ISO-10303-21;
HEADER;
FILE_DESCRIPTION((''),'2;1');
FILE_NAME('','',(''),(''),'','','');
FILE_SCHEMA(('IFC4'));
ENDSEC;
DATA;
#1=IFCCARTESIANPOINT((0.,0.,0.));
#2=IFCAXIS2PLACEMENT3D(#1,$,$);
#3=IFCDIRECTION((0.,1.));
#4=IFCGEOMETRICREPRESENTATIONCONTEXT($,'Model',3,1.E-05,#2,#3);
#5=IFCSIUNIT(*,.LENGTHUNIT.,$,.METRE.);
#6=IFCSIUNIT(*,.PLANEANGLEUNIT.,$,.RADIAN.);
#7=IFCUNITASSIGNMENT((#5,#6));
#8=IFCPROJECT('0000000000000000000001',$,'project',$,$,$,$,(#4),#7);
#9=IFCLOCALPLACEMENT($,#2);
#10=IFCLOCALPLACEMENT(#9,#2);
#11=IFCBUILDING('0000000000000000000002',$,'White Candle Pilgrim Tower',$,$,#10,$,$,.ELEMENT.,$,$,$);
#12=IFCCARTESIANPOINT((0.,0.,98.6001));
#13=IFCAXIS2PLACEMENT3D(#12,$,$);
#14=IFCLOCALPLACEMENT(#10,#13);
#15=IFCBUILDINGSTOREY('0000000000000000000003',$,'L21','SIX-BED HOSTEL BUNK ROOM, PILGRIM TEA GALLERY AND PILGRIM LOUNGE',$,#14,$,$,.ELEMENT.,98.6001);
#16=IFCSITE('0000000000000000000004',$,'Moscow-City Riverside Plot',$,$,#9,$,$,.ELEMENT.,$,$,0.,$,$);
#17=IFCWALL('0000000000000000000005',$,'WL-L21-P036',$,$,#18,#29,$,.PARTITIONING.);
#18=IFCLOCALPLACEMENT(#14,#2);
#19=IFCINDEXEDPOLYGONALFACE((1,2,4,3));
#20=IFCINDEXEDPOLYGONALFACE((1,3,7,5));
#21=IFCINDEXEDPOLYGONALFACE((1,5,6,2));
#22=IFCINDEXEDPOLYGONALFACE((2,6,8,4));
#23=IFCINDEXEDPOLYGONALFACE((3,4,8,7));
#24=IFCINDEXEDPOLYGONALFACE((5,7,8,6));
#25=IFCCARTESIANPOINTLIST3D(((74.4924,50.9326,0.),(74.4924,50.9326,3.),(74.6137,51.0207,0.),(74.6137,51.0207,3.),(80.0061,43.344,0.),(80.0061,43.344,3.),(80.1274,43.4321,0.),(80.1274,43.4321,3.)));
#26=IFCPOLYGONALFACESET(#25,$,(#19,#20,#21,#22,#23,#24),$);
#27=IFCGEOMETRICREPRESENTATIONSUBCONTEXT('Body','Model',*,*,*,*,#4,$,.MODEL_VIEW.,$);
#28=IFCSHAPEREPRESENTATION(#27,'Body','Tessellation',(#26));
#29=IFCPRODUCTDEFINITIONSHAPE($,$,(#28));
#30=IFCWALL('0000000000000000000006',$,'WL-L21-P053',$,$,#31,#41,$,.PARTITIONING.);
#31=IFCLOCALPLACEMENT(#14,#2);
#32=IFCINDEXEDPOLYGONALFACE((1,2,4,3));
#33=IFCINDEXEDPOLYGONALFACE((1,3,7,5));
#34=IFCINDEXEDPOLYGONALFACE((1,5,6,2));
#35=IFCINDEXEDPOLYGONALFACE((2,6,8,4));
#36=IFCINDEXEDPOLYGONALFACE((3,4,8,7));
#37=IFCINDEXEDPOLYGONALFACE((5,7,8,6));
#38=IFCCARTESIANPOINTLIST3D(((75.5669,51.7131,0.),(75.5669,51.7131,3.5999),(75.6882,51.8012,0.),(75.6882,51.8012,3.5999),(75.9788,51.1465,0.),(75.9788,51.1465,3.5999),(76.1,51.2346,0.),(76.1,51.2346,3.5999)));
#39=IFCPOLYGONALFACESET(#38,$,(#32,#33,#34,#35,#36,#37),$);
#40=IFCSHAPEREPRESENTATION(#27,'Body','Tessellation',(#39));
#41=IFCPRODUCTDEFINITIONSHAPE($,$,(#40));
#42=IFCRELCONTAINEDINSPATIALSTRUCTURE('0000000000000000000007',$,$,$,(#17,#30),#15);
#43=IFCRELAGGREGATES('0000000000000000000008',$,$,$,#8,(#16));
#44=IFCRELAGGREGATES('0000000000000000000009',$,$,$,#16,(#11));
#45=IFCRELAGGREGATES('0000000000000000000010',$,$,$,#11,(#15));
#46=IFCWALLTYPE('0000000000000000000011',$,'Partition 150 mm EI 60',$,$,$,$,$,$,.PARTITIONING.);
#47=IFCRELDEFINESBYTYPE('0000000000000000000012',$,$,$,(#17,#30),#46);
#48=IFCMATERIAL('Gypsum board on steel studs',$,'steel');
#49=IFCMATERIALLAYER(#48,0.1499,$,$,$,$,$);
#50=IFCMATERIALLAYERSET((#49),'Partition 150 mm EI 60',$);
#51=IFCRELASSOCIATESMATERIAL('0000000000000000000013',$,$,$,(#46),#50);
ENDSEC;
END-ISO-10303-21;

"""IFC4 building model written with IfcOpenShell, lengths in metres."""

from ifc_helpers import new_model, si_unit, direction, frame, frame_2d, origin, place, context, subcontext, project, spatial, rectangle, extrude, material, layer, layer_set, type_object, element, save


model = new_model("IFC4")

# Units and contexts
model_context = context("Model", 3, precision=1e-05, world=origin(), true_north=direction((0.0, 1.0)))
body_context = subcontext(model_context, "Body", "Model", "MODEL_VIEW")
ifc_project = project(units=[si_unit("LENGTHUNIT", "METRE"), si_unit("PLANEANGLEUNIT", "RADIAN")], contexts=[model_context])

# Site, building, storey
site_placement = place(None, origin())
site = spatial("IfcSite", under=ifc_project, at=site_placement, Name="Moscow-City Riverside Plot", CompositionType="ELEMENT", RefElevation=0.0)
building_placement = place(site_placement, origin())
building = spatial("IfcBuilding", under=site, at=building_placement, Name="White Candle Pilgrim Tower", CompositionType="ELEMENT")
storey_placement = place(building_placement, frame((0.0, 0.0, 98.6001)))
storey = spatial("IfcBuildingStorey", under=building, at=storey_placement, Name="L21", Description="SIX-BED HOSTEL BUNK ROOM, PILGRIM TEA GALLERY AND PILGRIM LOUNGE", CompositionType="ELEMENT", Elevation=98.6001)

# Shared definitions
ifc_material_1 = material(Name="Gypsum board on steel studs", Category="steel")

# Walls
ifc_layer_1 = layer(ifc_material_1, 0.1499)
ifc_layer_set_1 = layer_set([ifc_layer_1], Name="Partition 150 mm EI 60")
wall_type_1 = type_object("IfcWallType", Name="Partition 150 mm EI 60", PredefinedType="PARTITIONING", material=ifc_layer_set_1)
wall_1_placement = place(storey_placement, frame((80.0667, 43.3882, 0.0), z_axis=(0.0, 0.0, 1.0), x_axis=(-0.5878, 0.809006, 0.0)))
element("IfcWall", 1, at=wall_1_placement, inside=storey, type_object=wall_type_1, Name="WL-L21-P036", PredefinedType="PARTITIONING", context=body_context, shape_type="SweptSolid", body=[
    extrude(rectangle(XDim=9.3801, YDim=0.1499, at=frame_2d((4.6899, 0.0))), origin(), (0.0, 0.0, 1.0), 3.0),
])
wall_2_placement = place(storey_placement, frame((76.0393, 51.1907, 0.0), z_axis=(0.0, 0.0, 1.0), x_axis=(-0.587944, 0.808902, 0.0)))
element("IfcWall", 2, at=wall_2_placement, inside=storey, type_object=wall_type_1, Name="WL-L21-P053", PredefinedType="PARTITIONING", context=body_context, shape_type="SweptSolid", body=[
    extrude(rectangle(XDim=0.7004, YDim=0.1499, at=frame_2d((0.3501, 0.0))), origin(), (0.0, 0.0, 1.0), 3.5999),
])

save(model, "model.ifc")
